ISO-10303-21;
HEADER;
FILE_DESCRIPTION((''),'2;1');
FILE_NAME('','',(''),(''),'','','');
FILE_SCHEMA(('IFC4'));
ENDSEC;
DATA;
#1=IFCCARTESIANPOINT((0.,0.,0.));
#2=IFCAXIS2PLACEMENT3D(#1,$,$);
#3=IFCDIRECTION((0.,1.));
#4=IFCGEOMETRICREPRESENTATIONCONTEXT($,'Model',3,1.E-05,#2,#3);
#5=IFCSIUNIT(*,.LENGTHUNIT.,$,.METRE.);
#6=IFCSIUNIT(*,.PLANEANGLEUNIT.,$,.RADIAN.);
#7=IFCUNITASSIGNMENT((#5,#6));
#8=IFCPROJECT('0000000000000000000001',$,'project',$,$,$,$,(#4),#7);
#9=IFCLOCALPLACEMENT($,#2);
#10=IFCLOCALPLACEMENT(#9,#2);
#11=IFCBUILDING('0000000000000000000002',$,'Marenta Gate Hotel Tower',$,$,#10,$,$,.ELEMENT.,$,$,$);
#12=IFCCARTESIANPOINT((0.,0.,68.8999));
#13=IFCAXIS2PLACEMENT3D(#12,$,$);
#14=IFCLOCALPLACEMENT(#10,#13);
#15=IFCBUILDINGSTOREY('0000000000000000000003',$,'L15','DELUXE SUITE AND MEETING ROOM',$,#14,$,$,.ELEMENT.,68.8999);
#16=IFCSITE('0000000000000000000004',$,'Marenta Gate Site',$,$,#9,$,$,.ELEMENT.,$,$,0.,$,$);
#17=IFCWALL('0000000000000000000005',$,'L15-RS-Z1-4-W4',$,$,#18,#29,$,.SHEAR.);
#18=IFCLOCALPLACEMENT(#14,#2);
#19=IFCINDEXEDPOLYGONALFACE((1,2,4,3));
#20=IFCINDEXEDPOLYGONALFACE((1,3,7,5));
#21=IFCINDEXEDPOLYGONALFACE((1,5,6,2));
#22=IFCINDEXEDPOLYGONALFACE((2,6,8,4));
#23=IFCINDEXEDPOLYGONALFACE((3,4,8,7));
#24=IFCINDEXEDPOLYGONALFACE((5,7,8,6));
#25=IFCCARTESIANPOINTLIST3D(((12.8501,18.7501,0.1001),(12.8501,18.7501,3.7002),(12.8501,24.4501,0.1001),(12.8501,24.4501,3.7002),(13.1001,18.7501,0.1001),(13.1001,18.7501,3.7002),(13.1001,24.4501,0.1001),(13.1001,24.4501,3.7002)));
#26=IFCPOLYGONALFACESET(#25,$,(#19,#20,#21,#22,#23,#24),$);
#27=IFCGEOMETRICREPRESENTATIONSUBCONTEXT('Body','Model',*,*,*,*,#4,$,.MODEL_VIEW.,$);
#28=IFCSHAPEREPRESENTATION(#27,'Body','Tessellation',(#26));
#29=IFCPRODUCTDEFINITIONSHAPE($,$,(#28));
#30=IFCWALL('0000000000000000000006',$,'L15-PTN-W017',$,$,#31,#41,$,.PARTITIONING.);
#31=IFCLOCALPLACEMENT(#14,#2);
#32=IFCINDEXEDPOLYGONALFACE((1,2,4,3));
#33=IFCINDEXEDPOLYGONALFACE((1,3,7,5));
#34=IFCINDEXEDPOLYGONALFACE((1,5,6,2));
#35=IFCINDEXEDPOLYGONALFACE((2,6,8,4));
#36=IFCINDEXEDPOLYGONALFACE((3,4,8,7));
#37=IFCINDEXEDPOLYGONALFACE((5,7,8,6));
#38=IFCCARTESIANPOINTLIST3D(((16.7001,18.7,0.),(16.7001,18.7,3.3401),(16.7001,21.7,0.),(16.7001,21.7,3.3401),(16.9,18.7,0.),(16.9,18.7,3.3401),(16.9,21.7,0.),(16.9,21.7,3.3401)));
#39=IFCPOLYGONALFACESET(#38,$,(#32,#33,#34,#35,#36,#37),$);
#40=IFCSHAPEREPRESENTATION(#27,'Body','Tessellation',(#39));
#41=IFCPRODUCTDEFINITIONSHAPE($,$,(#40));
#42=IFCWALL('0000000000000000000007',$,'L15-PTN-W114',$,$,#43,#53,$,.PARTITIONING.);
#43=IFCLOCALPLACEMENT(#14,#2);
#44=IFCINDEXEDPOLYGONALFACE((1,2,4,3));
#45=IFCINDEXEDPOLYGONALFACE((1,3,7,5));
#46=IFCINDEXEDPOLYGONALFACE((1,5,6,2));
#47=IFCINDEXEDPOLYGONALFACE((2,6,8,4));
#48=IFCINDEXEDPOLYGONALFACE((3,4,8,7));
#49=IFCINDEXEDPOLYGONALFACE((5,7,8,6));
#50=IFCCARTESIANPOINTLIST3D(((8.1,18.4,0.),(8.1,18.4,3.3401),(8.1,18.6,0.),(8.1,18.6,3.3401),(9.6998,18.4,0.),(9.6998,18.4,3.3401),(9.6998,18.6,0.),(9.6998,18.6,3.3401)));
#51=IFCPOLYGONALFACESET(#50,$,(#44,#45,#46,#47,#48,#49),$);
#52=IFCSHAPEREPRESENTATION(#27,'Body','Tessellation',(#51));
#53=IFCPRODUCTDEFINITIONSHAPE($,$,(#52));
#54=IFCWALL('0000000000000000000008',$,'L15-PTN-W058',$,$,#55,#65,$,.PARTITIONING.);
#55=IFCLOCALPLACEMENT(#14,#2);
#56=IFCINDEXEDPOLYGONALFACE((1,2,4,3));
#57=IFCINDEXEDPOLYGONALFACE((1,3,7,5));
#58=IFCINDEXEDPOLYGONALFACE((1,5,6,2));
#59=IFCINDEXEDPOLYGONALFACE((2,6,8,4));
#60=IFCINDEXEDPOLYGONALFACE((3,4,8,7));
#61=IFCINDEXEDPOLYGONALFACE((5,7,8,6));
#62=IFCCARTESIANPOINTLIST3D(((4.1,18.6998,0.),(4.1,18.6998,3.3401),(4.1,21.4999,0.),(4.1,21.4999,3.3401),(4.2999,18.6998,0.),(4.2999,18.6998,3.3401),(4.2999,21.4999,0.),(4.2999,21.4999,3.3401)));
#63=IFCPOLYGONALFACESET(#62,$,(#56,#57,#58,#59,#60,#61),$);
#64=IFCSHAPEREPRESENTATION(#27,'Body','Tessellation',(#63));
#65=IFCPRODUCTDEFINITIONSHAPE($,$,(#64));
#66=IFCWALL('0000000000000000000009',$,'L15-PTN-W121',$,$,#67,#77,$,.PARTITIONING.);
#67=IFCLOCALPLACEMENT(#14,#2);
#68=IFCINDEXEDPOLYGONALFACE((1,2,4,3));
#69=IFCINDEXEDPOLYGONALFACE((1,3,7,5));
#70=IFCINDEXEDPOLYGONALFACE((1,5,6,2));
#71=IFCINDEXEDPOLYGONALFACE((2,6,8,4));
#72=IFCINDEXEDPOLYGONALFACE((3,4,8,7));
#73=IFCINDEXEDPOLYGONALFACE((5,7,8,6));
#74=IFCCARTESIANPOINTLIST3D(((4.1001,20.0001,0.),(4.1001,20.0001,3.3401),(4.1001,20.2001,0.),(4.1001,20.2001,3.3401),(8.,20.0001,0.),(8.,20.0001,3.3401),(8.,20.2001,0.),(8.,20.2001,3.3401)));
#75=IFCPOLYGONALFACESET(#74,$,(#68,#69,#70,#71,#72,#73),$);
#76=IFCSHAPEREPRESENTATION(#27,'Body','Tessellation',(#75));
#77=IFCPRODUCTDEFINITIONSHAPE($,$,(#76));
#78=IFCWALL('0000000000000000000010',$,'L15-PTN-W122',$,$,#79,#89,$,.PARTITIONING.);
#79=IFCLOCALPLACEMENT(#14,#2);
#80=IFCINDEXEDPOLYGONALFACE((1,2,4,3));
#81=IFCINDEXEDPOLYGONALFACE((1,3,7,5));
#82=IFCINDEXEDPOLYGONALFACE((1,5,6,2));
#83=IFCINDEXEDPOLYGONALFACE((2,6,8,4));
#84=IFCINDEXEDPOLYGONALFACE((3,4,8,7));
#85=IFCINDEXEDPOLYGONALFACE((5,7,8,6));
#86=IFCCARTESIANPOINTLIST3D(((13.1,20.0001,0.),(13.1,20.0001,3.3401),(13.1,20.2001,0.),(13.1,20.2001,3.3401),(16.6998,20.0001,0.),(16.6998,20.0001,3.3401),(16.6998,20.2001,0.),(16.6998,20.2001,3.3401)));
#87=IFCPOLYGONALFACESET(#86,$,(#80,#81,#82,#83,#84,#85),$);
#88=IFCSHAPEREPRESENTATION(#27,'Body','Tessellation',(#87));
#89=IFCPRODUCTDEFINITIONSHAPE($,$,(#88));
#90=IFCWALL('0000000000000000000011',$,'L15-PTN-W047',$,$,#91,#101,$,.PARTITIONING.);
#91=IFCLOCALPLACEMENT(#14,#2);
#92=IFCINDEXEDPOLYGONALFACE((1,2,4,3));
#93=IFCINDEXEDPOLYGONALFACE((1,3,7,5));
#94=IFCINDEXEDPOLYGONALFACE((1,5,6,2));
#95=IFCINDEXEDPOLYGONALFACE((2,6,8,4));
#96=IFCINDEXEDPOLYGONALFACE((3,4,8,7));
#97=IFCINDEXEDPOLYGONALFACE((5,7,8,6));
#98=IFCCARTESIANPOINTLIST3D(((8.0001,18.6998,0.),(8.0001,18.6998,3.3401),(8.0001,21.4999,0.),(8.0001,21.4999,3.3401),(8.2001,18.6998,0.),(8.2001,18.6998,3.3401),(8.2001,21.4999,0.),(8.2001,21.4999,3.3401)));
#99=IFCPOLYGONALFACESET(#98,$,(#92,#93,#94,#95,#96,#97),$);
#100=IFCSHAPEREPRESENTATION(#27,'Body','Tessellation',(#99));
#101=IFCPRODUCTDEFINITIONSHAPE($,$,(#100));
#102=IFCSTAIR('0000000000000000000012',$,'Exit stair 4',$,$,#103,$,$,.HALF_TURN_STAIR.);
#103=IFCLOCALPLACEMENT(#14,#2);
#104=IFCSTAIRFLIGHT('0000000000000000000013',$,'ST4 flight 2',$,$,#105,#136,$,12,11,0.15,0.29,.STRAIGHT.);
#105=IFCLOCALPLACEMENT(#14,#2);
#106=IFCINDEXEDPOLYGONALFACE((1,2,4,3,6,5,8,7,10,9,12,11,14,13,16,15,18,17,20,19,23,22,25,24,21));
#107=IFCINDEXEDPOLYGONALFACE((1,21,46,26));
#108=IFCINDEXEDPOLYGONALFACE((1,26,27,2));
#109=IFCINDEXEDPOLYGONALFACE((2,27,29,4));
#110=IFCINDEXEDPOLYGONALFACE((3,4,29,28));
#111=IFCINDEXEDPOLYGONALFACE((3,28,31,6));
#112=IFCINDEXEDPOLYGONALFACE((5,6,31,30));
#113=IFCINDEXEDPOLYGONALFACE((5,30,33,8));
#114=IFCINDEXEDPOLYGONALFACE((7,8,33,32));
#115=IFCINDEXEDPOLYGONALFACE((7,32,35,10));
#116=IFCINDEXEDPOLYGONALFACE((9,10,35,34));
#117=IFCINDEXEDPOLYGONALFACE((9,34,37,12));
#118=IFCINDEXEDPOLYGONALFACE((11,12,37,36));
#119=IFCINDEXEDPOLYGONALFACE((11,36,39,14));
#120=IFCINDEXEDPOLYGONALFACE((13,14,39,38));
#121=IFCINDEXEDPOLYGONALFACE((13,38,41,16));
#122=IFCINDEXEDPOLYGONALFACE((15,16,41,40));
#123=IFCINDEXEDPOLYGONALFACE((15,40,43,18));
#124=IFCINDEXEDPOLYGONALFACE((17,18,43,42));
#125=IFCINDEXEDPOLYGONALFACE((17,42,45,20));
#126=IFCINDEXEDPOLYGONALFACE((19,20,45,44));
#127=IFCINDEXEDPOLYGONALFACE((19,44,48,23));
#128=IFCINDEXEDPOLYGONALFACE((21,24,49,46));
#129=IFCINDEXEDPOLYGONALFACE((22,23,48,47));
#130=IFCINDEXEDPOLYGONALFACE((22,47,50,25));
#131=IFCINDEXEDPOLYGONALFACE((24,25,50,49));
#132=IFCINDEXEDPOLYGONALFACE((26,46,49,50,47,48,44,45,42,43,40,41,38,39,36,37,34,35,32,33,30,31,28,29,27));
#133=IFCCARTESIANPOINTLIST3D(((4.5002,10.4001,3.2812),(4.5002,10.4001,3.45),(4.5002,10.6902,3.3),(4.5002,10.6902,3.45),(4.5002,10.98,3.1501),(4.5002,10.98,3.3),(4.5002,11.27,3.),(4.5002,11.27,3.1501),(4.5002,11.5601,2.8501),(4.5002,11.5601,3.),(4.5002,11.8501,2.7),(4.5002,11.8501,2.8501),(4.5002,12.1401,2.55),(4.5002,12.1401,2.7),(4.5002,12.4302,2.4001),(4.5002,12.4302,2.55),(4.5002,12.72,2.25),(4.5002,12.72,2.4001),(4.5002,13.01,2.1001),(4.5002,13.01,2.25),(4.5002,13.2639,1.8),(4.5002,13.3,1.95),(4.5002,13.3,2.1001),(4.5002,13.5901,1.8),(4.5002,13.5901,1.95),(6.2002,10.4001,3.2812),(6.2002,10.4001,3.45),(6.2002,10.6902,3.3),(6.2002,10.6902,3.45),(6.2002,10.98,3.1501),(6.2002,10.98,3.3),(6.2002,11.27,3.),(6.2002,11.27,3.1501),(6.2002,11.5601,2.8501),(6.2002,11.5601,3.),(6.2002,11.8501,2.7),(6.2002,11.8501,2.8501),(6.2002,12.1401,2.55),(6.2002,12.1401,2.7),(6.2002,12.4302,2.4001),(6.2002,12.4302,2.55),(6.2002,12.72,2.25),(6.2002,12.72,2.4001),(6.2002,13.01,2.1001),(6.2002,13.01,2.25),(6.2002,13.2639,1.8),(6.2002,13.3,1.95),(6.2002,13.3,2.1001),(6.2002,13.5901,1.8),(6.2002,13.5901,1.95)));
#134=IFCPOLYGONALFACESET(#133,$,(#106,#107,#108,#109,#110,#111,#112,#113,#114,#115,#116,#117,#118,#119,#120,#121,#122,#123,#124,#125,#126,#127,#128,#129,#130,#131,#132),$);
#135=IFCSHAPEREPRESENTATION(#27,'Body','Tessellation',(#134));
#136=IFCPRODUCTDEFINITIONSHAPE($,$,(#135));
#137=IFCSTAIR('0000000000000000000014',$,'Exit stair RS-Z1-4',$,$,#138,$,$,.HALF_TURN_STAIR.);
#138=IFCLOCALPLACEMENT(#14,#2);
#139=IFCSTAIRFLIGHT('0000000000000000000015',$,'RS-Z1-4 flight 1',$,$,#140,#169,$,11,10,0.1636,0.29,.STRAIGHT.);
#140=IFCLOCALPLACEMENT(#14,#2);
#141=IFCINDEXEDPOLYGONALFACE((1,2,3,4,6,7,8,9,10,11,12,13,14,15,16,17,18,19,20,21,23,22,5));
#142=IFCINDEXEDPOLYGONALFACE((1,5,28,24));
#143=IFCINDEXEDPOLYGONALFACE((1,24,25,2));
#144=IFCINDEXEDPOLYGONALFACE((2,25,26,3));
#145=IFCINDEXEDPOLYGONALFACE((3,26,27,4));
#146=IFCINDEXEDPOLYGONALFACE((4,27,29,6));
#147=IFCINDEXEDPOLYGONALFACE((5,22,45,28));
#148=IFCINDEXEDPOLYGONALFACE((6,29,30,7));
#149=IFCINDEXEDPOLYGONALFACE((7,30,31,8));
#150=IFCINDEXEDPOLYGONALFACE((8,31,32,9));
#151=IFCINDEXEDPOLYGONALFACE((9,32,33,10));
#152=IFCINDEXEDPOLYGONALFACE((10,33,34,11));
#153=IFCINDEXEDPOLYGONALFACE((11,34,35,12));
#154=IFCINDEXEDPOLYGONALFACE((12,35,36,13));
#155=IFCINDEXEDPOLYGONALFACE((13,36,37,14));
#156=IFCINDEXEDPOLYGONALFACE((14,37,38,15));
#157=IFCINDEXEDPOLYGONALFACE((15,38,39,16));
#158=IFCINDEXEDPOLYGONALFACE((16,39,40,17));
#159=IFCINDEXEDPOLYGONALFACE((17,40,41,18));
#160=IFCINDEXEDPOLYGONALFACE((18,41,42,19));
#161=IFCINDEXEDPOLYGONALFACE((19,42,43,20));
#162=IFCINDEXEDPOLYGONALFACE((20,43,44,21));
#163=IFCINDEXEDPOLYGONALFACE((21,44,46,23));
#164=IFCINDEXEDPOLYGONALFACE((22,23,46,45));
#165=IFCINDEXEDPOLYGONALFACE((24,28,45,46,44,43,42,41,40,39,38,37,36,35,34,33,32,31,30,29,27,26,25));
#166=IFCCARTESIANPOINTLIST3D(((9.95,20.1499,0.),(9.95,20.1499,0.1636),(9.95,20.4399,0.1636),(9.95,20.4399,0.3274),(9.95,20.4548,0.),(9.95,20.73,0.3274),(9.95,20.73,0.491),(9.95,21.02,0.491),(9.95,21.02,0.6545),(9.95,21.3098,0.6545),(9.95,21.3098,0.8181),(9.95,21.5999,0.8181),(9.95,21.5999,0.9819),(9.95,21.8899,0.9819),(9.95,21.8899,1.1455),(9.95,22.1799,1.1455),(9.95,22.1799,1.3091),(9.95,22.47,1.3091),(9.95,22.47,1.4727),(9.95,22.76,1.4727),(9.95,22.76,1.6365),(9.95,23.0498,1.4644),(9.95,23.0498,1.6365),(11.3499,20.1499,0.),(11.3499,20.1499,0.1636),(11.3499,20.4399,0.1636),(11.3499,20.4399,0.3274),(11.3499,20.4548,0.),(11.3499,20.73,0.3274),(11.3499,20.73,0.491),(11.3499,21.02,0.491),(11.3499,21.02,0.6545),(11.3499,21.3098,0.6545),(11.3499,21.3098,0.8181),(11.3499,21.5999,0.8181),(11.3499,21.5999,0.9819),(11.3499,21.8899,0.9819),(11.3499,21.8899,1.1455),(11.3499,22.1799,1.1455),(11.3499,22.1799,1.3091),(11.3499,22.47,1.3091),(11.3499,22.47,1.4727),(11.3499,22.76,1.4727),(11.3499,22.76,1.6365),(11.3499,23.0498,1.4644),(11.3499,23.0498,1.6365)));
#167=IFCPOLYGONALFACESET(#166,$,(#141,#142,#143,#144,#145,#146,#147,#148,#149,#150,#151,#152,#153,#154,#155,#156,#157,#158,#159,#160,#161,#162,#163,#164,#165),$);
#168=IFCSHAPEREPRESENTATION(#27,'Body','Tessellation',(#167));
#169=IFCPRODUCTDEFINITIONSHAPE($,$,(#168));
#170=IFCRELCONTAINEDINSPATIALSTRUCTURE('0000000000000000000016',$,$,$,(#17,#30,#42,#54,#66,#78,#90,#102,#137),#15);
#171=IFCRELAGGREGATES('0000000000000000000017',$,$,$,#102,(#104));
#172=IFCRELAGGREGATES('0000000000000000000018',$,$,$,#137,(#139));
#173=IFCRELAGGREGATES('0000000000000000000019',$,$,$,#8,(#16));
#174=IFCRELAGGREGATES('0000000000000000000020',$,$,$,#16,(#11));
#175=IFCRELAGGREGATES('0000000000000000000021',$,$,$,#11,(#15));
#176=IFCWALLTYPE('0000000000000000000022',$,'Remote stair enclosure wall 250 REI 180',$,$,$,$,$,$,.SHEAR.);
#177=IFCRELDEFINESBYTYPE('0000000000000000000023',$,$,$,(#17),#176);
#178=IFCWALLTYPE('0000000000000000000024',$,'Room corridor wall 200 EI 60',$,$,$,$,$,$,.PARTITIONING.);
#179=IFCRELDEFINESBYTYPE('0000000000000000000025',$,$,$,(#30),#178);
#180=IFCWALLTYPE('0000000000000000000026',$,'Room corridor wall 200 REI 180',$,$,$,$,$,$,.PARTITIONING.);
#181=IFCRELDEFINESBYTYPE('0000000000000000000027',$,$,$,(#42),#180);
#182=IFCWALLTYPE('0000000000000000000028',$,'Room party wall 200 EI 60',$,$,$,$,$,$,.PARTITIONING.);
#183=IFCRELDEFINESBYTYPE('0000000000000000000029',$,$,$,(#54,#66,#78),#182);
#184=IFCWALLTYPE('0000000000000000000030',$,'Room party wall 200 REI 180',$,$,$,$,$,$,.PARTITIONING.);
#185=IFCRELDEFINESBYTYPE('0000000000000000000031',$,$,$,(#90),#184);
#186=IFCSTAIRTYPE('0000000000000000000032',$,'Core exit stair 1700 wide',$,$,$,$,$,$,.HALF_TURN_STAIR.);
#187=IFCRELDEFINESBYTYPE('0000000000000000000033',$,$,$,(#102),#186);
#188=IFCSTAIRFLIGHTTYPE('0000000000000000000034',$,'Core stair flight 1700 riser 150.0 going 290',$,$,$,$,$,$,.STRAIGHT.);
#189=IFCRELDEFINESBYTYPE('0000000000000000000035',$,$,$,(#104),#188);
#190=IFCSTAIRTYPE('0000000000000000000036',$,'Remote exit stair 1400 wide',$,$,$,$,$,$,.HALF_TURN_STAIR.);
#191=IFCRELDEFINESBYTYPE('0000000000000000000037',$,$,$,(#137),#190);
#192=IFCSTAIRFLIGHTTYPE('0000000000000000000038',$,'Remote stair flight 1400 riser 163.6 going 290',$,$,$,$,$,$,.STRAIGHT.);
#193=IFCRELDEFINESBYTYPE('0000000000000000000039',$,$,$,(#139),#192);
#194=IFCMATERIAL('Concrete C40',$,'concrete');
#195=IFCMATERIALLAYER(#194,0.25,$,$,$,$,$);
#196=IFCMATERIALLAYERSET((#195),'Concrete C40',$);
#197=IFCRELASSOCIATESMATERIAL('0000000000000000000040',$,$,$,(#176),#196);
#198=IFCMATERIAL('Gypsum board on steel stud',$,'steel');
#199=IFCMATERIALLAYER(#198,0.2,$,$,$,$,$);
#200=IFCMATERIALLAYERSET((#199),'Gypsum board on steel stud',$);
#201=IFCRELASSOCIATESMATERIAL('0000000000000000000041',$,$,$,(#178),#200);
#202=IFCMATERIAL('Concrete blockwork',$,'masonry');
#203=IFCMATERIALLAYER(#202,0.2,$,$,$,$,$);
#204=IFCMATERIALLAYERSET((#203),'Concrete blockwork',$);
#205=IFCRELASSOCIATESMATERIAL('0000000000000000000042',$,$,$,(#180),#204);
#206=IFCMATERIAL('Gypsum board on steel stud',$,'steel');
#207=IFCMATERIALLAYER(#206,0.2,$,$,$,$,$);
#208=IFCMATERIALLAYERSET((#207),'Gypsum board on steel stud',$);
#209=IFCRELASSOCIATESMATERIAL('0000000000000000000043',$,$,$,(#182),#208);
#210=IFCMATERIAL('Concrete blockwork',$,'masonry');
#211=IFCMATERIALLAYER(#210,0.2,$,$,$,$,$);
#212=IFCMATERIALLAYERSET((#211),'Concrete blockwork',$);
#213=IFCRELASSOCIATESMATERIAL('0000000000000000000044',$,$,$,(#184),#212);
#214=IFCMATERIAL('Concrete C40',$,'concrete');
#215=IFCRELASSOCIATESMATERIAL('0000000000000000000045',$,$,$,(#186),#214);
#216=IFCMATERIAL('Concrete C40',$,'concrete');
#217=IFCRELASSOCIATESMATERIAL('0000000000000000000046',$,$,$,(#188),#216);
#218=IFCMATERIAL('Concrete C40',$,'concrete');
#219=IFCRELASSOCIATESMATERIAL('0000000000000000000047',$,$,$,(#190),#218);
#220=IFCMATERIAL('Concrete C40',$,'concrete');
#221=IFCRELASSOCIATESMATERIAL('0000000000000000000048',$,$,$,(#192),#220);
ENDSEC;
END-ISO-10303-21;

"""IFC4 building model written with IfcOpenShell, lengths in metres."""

from ifc_helpers import new_model, si_unit, direction, frame, frame_2d, origin, place, context, subcontext, project, spatial, polyline, rectangle, outline, extrude, material, layer, layer_set, type_object, element, aggregate, save


model = new_model("IFC4")

# Units and contexts
model_context = context("Model", 3, precision=1e-05, world=origin(), true_north=direction((0.0, 1.0)))
body_context = subcontext(model_context, "Body", "Model", "MODEL_VIEW")
ifc_project = project(units=[si_unit("LENGTHUNIT", "METRE"), si_unit("PLANEANGLEUNIT", "RADIAN")], contexts=[model_context])

# Site, building, storey
site_placement = place(None, origin())
site = spatial("IfcSite", under=ifc_project, at=site_placement, Name="Marenta Gate Site", CompositionType="ELEMENT", RefElevation=0.0)
building_placement = place(site_placement, origin())
building = spatial("IfcBuilding", under=site, at=building_placement, Name="Marenta Gate Hotel Tower", CompositionType="ELEMENT")
storey_placement = place(building_placement, frame((0.0, 0.0, 68.8999)))
storey = spatial("IfcBuildingStorey", under=building, at=storey_placement, Name="L15", Description="DELUXE SUITE AND MEETING ROOM", CompositionType="ELEMENT", Elevation=68.8999)

# Shared definitions
ifc_material_1 = material(Name="Concrete C40", Category="concrete")
ifc_layer_1 = layer(ifc_material_1, 0.25)
ifc_layer_set_1 = layer_set([ifc_layer_1], Name="Concrete C40")
wall_type_1 = type_object("IfcWallType", Name="Remote stair enclosure wall 250 REI 180", PredefinedType="SHEAR", material=ifc_layer_set_1)

# Walls
wall_1_placement = place(storey_placement, frame((12.9751, 18.75, 0.1001), z_axis=(0.0, 0.0, 1.0), x_axis=(0.0, 1.0, 0.0)))
element("IfcWall", 1, at=wall_1_placement, inside=storey, type_object=wall_type_1, Name="L15-RS-Z1-4-W4", PredefinedType="SHEAR", context=body_context, shape_type="SweptSolid", body=[
    extrude(rectangle(XDim=5.7, YDim=0.25, at=frame_2d((2.8501, 0.0))), origin(), (0.0, 0.0, 1.0), 3.6001),
])
ifc_material_2 = material(Name="Gypsum board on steel stud", Category="steel")
ifc_layer_2 = layer(ifc_material_2, 0.2)
ifc_layer_set_2 = layer_set([ifc_layer_2], Name="Gypsum board on steel stud")
wall_type_2 = type_object("IfcWallType", Name="Room corridor wall 200 EI 60", PredefinedType="PARTITIONING", material=ifc_layer_set_2)
wall_2_placement = place(storey_placement, frame((16.8, 18.7, 0.0), z_axis=(0.0, 0.0, 1.0), x_axis=(0.0, 1.0, 0.0)))
element("IfcWall", 2, at=wall_2_placement, inside=storey, type_object=wall_type_2, Name="L15-PTN-W017", PredefinedType="PARTITIONING", context=body_context, shape_type="SweptSolid", body=[
    extrude(rectangle(XDim=3.0, YDim=0.2, at=frame_2d((1.5, 0.0))), origin(), (0.0, 0.0, 1.0), 3.3401),
])

# Walls
ifc_material_3 = material(Name="Concrete blockwork", Category="masonry")
ifc_layer_3 = layer(ifc_material_3, 0.2)
ifc_layer_set_3 = layer_set([ifc_layer_3], Name="Concrete blockwork")
wall_type_3 = type_object("IfcWallType", Name="Room corridor wall 200 REI 180", PredefinedType="PARTITIONING", material=ifc_layer_set_3)
wall_3_placement = place(storey_placement, frame((8.1001, 18.5, 0.0), z_axis=(0.0, 0.0, 1.0), x_axis=(1.0, 0.0, 0.0)))
element("IfcWall", 3, at=wall_3_placement, inside=storey, type_object=wall_type_3, Name="L15-PTN-W114", PredefinedType="PARTITIONING", context=body_context, shape_type="SweptSolid", body=[
    extrude(rectangle(XDim=1.5999, YDim=0.2, at=frame_2d((0.7998, 0.0))), origin(), (0.0, 0.0, 1.0), 3.3401),
])
ifc_material_4 = material(Name="Gypsum board on steel stud", Category="steel")
ifc_layer_4 = layer(ifc_material_4, 0.2)
ifc_layer_set_4 = layer_set([ifc_layer_4], Name="Gypsum board on steel stud")
wall_type_4 = type_object("IfcWallType", Name="Room party wall 200 EI 60", PredefinedType="PARTITIONING", material=ifc_layer_set_4)
wall_4_placement = place(storey_placement, frame((4.2, 18.7, 0.0), z_axis=(0.0, 0.0, 1.0), x_axis=(0.0, 1.0, 0.0)))
element("IfcWall", 4, at=wall_4_placement, inside=storey, type_object=wall_type_4, Name="L15-PTN-W058", PredefinedType="PARTITIONING", context=body_context, shape_type="SweptSolid", body=[
    extrude(rectangle(XDim=2.8, YDim=0.2, at=frame_2d((1.3999, 0.0))), origin(), (0.0, 0.0, 1.0), 3.3401),
])
wall_5_placement = place(storey_placement, frame((4.1001, 20.1001, 0.0), z_axis=(0.0, 0.0, 1.0), x_axis=(1.0, 0.0, 0.0)))
element("IfcWall", 5, at=wall_5_placement, inside=storey, type_object=wall_type_4, Name="L15-PTN-W121", PredefinedType="PARTITIONING", context=body_context, shape_type="SweptSolid", body=[
    extrude(rectangle(XDim=3.8999, YDim=0.2, at=frame_2d((1.95, 0.0))), origin(), (0.0, 0.0, 1.0), 3.3401),
])
wall_6_placement = place(storey_placement, frame((13.1001, 20.1001, 0.0), z_axis=(0.0, 0.0, 1.0), x_axis=(1.0, 0.0, 0.0)))
element("IfcWall", 6, at=wall_6_placement, inside=storey, type_object=wall_type_4, Name="L15-PTN-W122", PredefinedType="PARTITIONING", context=body_context, shape_type="SweptSolid", body=[
    extrude(rectangle(XDim=3.5999, YDim=0.2, at=frame_2d((1.7998, 0.0))), origin(), (0.0, 0.0, 1.0), 3.3401),
])
ifc_material_5 = material(Name="Concrete blockwork", Category="masonry")
ifc_layer_5 = layer(ifc_material_5, 0.2)
ifc_layer_set_5 = layer_set([ifc_layer_5], Name="Concrete blockwork")
wall_type_5 = type_object("IfcWallType", Name="Room party wall 200 REI 180", PredefinedType="PARTITIONING", material=ifc_layer_set_5)
wall_7_placement = place(storey_placement, frame((8.1001, 18.7, 0.0), z_axis=(0.0, 0.0, 1.0), x_axis=(0.0, 1.0, 0.0)))
element("IfcWall", 7, at=wall_7_placement, inside=storey, type_object=wall_type_5, Name="L15-PTN-W047", PredefinedType="PARTITIONING", context=body_context, shape_type="SweptSolid", body=[
    extrude(rectangle(XDim=2.8, YDim=0.2, at=frame_2d((1.3999, 0.0))), origin(), (0.0, 0.0, 1.0), 3.3401),
])

# Stairs, stair flights
ifc_material_6 = material(Name="Concrete C40", Category="concrete")
stair_type_1 = type_object("IfcStairType", Name="Core exit stair 1700 wide", PredefinedType="HALF_TURN_STAIR", material=ifc_material_6)
stair_1_placement = place(storey_placement, origin())
stair_1 = element("IfcStair", 8, at=stair_1_placement, inside=storey, type_object=stair_type_1, Name="Exit stair 4", PredefinedType="HALF_TURN_STAIR")
ifc_material_7 = material(Name="Concrete C40", Category="concrete")
stair_flight_type_1 = type_object("IfcStairFlightType", Name="Core stair flight 1700 riser 150.0 going 290", PredefinedType="STRAIGHT", material=ifc_material_7)
stair_flight_1_placement = place(storey_placement, frame((5.3501, 13.5901, 1.8), z_axis=(0.0, 0.0, 1.0), x_axis=(0.0, -1.0, 0.0)))
stair_flight_1 = element("IfcStairFlight", 9, at=stair_flight_1_placement, type_object=stair_flight_type_1, Name="ST4 flight 2", NumberOfRisers=12, NumberOfTreads=11, PredefinedType="STRAIGHT", RiserHeight=0.15, TreadLength=0.29, context=body_context, shape_type="SweptSolid", body=[
    extrude(outline(polyline([(0.0, 0.0), (0.0, 0.1499), (0.29, 0.1499), (0.29, 0.3), (0.5801, 0.3), (0.5801, 0.45), (0.8701, 0.45), (0.8701, 0.6001), (1.1599, 0.6001), (1.1599, 0.75), (1.45, 0.75), (1.45, 0.8999), (1.74, 0.8999), (1.74, 1.05), (2.03, 1.05), (2.03, 1.2), (2.3201, 1.2), (2.3201, 1.3501), (2.6101, 1.3501), (2.6101, 1.5), (2.8999, 1.5), (2.8999, 1.6499), (3.1899, 1.6499), (3.1899, 1.8), (3.1899, 1.4812), (0.3262, 0.0), (0.0, 0.0)])), frame((0.0, 0.8501, 0.0), z_axis=(0.0, -1.0, 0.0), x_axis=(1.0, 0.0, 0.0)), (0.0, 0.0, 1.0), 1.7),
])
aggregate(stair_1, [stair_flight_1])
ifc_material_8 = material(Name="Concrete C40", Category="concrete")
stair_type_2 = type_object("IfcStairType", Name="Remote exit stair 1400 wide", PredefinedType="HALF_TURN_STAIR", material=ifc_material_8)
stair_2_placement = place(storey_placement, origin())
stair_2 = element("IfcStair", 10, at=stair_2_placement, inside=storey, type_object=stair_type_2, Name="Exit stair RS-Z1-4", PredefinedType="HALF_TURN_STAIR")
ifc_material_9 = material(Name="Concrete C40", Category="concrete")
stair_flight_type_2 = type_object("IfcStairFlightType", Name="Remote stair flight 1400 riser 163.6 going 290", PredefinedType="STRAIGHT", material=ifc_material_9)
stair_flight_2_placement = place(storey_placement, frame((10.6499, 20.1499, 0.0), z_axis=(0.0, 0.0, 1.0), x_axis=(0.0, 1.0, 0.0)))
stair_flight_2 = element("IfcStairFlight", 11, at=stair_flight_2_placement, type_object=stair_flight_type_2, Name="RS-Z1-4 flight 1", NumberOfRisers=11, NumberOfTreads=10, PredefinedType="STRAIGHT", RiserHeight=0.1636, TreadLength=0.29, context=body_context, shape_type="SweptSolid", body=[
    extrude(outline(polyline([(0.0, 0.0), (0.0, 0.1636), (0.29, 0.1636), (0.29, 0.3274), (0.5801, 0.3274), (0.5801, 0.491), (0.8701, 0.491), (0.8701, 0.6545), (1.1599, 0.6545), (1.1599, 0.8181), (1.45, 0.8181), (1.45, 0.9819), (1.74, 0.9819), (1.74, 1.1455), (2.03, 1.1455), (2.03, 1.3091), (2.3201, 1.3091), (2.3201, 1.4727), (2.6101, 1.4727), (2.6101, 1.6365), (2.8999, 1.6365), (2.8999, 1.8), (2.8999, 1.4644), (0.3049, 0.0), (0.0, 0.0)])), frame((0.0, 0.7, 0.0), z_axis=(0.0, -1.0, 0.0), x_axis=(1.0, 0.0, 0.0)), (0.0, 0.0, 1.0), 1.3999),
])
aggregate(stair_2, [stair_flight_2])

save(model, "model.ifc")
